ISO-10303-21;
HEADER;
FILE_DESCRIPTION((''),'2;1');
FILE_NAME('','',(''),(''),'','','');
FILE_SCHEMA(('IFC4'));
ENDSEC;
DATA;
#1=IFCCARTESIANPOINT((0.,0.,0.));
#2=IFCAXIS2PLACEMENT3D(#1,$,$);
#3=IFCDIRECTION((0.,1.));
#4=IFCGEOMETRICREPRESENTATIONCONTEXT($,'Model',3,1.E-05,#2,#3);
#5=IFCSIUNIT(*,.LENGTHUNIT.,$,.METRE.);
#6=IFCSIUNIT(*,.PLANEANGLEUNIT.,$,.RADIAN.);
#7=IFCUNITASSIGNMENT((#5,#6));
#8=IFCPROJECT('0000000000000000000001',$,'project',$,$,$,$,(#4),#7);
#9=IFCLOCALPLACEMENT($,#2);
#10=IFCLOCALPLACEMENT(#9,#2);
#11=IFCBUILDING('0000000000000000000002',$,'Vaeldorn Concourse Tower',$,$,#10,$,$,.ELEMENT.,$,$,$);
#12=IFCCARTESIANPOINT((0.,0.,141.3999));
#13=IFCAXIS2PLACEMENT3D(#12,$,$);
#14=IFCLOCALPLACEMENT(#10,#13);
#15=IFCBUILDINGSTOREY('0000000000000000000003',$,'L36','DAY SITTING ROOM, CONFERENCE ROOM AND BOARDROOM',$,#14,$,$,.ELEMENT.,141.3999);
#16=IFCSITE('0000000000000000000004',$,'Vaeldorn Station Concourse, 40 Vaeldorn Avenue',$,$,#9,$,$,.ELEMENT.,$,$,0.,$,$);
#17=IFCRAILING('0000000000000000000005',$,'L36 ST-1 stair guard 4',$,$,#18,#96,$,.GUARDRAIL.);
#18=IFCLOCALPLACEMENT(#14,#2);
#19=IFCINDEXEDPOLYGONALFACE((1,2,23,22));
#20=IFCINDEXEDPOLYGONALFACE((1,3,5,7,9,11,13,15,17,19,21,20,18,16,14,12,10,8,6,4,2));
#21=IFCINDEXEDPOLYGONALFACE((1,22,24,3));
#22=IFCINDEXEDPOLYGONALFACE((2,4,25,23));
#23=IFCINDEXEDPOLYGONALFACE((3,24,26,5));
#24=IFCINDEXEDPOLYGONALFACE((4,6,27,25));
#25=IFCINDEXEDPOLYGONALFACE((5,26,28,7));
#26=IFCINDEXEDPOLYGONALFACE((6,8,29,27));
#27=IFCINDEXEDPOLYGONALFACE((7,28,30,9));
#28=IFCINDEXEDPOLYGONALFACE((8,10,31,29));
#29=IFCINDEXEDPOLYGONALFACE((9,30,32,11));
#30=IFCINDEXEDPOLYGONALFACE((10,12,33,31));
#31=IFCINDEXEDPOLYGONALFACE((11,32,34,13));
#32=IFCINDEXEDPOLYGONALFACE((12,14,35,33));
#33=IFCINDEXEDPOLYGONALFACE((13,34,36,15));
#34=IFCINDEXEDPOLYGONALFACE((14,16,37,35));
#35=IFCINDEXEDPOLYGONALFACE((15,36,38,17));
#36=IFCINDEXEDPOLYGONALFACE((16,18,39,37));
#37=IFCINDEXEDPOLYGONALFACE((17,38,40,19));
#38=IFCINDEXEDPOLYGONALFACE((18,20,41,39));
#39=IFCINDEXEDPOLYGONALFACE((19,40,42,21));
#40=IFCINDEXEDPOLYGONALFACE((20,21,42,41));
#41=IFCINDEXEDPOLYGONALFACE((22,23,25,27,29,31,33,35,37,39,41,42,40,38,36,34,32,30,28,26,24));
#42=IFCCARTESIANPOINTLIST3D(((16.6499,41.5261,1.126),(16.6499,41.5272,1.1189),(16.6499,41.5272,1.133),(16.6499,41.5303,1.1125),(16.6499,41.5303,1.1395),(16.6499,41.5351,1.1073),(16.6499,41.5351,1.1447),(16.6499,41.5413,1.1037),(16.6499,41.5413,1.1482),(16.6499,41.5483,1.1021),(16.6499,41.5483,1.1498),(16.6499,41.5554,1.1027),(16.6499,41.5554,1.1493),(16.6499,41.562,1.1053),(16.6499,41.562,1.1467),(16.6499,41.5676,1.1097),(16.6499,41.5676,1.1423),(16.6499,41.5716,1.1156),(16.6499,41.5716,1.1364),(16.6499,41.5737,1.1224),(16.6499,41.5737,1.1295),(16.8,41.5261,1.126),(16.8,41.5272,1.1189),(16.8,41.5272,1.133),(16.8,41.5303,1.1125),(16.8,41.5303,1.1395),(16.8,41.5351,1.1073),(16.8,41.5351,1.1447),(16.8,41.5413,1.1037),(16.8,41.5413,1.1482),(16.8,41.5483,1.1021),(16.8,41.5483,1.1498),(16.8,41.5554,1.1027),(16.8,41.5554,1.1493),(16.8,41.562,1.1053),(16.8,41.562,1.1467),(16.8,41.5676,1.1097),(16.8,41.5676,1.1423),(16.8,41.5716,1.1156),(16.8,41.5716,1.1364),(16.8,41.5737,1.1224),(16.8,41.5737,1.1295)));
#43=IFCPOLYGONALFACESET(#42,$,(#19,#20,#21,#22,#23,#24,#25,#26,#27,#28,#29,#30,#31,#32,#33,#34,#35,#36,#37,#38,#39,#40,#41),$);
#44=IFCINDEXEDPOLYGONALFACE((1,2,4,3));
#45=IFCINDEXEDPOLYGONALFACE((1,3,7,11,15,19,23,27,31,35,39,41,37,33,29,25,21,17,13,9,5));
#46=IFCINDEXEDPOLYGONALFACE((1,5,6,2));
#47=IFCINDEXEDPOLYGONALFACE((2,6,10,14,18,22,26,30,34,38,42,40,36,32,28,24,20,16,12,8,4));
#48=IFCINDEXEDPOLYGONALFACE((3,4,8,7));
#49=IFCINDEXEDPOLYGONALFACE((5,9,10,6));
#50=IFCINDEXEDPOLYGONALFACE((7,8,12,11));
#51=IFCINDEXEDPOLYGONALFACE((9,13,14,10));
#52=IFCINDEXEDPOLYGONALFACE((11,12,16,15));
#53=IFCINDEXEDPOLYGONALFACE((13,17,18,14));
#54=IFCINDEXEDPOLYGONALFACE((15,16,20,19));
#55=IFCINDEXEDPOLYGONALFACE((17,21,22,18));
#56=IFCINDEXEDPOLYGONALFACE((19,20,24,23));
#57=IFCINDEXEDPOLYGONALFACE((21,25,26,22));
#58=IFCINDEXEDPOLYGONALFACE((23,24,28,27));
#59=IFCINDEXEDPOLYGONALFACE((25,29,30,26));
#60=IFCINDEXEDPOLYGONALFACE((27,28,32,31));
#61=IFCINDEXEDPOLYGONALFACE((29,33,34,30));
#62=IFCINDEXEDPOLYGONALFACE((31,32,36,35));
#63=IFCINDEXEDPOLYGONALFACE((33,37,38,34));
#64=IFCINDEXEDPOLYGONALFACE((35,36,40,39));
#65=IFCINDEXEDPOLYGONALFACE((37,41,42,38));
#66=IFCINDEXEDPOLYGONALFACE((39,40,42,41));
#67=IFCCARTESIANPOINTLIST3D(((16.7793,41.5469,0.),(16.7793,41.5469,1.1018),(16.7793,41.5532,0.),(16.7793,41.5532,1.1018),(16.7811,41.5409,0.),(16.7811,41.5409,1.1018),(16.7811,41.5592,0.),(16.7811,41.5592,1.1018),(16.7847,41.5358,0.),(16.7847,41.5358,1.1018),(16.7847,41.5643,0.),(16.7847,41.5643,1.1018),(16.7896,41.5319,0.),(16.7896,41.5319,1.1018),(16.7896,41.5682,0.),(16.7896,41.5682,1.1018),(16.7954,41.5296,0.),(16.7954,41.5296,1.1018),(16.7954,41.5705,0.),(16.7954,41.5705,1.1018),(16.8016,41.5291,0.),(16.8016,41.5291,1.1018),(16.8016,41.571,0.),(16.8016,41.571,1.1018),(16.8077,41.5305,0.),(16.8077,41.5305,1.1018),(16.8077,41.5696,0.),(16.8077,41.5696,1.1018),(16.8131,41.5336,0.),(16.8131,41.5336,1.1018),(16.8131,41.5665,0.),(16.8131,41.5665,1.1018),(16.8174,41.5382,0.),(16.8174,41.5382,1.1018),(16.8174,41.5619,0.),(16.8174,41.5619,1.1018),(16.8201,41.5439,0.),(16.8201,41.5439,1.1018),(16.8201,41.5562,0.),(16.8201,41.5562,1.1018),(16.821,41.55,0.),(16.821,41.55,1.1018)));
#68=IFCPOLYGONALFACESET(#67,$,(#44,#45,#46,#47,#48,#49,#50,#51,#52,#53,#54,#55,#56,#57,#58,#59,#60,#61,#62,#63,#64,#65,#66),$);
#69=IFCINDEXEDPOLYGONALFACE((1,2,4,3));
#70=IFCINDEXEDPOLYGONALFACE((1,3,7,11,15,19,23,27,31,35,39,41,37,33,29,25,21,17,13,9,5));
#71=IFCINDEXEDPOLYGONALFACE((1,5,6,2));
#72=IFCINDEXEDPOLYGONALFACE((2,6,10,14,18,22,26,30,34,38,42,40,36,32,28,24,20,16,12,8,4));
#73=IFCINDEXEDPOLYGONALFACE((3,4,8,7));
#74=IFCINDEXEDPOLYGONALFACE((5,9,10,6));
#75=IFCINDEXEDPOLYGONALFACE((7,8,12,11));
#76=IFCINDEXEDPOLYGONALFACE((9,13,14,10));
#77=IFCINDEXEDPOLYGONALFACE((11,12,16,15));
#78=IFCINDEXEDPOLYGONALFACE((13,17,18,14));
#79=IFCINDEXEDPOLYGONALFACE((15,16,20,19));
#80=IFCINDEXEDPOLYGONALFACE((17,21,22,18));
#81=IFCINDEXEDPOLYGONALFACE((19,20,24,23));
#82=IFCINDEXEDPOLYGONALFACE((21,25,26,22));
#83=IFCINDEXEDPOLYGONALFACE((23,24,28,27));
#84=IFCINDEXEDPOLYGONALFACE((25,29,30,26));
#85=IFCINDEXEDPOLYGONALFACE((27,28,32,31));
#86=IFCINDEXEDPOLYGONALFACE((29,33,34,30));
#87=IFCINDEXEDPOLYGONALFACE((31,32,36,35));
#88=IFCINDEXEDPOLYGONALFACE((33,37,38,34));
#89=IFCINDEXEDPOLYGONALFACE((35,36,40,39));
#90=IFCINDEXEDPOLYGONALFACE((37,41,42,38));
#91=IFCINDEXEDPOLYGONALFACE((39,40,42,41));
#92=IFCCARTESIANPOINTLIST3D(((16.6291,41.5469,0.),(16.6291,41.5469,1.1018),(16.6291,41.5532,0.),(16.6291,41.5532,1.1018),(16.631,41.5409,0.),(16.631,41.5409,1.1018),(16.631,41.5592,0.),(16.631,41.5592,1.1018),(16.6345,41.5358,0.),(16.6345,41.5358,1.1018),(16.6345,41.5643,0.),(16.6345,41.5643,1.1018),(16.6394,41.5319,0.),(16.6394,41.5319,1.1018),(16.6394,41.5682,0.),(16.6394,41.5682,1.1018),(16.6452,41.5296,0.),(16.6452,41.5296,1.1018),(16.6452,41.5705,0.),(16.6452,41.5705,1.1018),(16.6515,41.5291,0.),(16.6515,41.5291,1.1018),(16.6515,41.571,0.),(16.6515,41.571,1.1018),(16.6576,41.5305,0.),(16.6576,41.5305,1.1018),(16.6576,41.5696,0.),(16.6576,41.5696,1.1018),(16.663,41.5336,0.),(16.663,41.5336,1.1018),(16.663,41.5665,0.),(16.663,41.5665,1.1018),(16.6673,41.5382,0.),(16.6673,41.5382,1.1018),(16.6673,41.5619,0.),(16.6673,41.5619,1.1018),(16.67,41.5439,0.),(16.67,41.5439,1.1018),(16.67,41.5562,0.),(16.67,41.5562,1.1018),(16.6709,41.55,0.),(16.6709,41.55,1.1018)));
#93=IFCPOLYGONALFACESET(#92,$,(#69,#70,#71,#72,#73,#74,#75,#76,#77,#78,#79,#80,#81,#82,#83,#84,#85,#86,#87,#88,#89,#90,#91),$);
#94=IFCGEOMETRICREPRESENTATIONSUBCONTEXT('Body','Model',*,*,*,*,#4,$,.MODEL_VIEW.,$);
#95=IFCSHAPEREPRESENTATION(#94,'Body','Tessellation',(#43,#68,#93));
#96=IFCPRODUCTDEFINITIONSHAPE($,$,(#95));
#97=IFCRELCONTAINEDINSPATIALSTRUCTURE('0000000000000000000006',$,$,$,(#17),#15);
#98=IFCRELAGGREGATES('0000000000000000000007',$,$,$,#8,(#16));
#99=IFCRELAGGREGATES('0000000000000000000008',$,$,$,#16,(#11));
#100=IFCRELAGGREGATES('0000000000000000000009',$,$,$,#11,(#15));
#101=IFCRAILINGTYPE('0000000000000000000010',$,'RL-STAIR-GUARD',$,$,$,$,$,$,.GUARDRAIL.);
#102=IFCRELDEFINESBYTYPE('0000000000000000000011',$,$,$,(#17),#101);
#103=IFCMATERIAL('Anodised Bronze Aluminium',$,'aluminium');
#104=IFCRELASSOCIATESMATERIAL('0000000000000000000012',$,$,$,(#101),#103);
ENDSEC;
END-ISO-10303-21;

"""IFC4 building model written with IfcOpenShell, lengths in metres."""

from ifc_helpers import new_model, si_unit, direction, frame, origin, origin_2d, place, context, subcontext, project, spatial, circle, extrude, material, type_object, element, save


model = new_model("IFC4")

# Units and contexts
model_context = context("Model", 3, precision=1e-05, world=origin(), true_north=direction((0.0, 1.0)))
body_context = subcontext(model_context, "Body", "Model", "MODEL_VIEW")
ifc_project = project(units=[si_unit("LENGTHUNIT", "METRE"), si_unit("PLANEANGLEUNIT", "RADIAN")], contexts=[model_context])

# Site, building, storey
site_placement = place(None, origin())
site = spatial("IfcSite", under=ifc_project, at=site_placement, Name="Vaeldorn Station Concourse, 40 Vaeldorn Avenue", CompositionType="ELEMENT", RefElevation=0.0)
building_placement = place(site_placement, origin())
building = spatial("IfcBuilding", under=site, at=building_placement, Name="Vaeldorn Concourse Tower", CompositionType="ELEMENT")
storey_placement = place(building_placement, frame((0.0, 0.0, 141.3999)))
storey = spatial("IfcBuildingStorey", under=building, at=storey_placement, Name="L36", Description="DAY SITTING ROOM, CONFERENCE ROOM AND BOARDROOM", CompositionType="ELEMENT", Elevation=141.3999)

# Shared definitions
ifc_material_1 = material(Name="Anodised Bronze Aluminium", Category="aluminium")

# Railing
railing_type_1 = type_object("IfcRailingType", Name="RL-STAIR-GUARD", PredefinedType="GUARDRAIL", material=ifc_material_1)
railing_1_placement = place(storey_placement, frame((16.8, 41.55, 0.0)))
element("IfcRailing", 1, at=railing_1_placement, inside=storey, type_object=railing_type_1, Name="L36 ST-1 stair guard 4", PredefinedType="GUARDRAIL", context=body_context, shape_type="SweptSolid", body=[
    extrude(circle(Radius=0.0239, at=origin_2d()), frame((0.0, 0.0, 1.126), z_axis=(-1.0, 0.0, 0.0), x_axis=(0.0, -1.0, 0.0)), (0.0, 0.0, 1.0), 0.1501),
    extrude(circle(Radius=0.021, at=origin_2d()), origin(), (0.0, 0.0, 1.0), 1.1018),
    extrude(circle(Radius=0.021, at=origin_2d()), frame((-0.1501, 0.0, 0.0)), (0.0, 0.0, 1.0), 1.1018),
])

save(model, "model.ifc")
